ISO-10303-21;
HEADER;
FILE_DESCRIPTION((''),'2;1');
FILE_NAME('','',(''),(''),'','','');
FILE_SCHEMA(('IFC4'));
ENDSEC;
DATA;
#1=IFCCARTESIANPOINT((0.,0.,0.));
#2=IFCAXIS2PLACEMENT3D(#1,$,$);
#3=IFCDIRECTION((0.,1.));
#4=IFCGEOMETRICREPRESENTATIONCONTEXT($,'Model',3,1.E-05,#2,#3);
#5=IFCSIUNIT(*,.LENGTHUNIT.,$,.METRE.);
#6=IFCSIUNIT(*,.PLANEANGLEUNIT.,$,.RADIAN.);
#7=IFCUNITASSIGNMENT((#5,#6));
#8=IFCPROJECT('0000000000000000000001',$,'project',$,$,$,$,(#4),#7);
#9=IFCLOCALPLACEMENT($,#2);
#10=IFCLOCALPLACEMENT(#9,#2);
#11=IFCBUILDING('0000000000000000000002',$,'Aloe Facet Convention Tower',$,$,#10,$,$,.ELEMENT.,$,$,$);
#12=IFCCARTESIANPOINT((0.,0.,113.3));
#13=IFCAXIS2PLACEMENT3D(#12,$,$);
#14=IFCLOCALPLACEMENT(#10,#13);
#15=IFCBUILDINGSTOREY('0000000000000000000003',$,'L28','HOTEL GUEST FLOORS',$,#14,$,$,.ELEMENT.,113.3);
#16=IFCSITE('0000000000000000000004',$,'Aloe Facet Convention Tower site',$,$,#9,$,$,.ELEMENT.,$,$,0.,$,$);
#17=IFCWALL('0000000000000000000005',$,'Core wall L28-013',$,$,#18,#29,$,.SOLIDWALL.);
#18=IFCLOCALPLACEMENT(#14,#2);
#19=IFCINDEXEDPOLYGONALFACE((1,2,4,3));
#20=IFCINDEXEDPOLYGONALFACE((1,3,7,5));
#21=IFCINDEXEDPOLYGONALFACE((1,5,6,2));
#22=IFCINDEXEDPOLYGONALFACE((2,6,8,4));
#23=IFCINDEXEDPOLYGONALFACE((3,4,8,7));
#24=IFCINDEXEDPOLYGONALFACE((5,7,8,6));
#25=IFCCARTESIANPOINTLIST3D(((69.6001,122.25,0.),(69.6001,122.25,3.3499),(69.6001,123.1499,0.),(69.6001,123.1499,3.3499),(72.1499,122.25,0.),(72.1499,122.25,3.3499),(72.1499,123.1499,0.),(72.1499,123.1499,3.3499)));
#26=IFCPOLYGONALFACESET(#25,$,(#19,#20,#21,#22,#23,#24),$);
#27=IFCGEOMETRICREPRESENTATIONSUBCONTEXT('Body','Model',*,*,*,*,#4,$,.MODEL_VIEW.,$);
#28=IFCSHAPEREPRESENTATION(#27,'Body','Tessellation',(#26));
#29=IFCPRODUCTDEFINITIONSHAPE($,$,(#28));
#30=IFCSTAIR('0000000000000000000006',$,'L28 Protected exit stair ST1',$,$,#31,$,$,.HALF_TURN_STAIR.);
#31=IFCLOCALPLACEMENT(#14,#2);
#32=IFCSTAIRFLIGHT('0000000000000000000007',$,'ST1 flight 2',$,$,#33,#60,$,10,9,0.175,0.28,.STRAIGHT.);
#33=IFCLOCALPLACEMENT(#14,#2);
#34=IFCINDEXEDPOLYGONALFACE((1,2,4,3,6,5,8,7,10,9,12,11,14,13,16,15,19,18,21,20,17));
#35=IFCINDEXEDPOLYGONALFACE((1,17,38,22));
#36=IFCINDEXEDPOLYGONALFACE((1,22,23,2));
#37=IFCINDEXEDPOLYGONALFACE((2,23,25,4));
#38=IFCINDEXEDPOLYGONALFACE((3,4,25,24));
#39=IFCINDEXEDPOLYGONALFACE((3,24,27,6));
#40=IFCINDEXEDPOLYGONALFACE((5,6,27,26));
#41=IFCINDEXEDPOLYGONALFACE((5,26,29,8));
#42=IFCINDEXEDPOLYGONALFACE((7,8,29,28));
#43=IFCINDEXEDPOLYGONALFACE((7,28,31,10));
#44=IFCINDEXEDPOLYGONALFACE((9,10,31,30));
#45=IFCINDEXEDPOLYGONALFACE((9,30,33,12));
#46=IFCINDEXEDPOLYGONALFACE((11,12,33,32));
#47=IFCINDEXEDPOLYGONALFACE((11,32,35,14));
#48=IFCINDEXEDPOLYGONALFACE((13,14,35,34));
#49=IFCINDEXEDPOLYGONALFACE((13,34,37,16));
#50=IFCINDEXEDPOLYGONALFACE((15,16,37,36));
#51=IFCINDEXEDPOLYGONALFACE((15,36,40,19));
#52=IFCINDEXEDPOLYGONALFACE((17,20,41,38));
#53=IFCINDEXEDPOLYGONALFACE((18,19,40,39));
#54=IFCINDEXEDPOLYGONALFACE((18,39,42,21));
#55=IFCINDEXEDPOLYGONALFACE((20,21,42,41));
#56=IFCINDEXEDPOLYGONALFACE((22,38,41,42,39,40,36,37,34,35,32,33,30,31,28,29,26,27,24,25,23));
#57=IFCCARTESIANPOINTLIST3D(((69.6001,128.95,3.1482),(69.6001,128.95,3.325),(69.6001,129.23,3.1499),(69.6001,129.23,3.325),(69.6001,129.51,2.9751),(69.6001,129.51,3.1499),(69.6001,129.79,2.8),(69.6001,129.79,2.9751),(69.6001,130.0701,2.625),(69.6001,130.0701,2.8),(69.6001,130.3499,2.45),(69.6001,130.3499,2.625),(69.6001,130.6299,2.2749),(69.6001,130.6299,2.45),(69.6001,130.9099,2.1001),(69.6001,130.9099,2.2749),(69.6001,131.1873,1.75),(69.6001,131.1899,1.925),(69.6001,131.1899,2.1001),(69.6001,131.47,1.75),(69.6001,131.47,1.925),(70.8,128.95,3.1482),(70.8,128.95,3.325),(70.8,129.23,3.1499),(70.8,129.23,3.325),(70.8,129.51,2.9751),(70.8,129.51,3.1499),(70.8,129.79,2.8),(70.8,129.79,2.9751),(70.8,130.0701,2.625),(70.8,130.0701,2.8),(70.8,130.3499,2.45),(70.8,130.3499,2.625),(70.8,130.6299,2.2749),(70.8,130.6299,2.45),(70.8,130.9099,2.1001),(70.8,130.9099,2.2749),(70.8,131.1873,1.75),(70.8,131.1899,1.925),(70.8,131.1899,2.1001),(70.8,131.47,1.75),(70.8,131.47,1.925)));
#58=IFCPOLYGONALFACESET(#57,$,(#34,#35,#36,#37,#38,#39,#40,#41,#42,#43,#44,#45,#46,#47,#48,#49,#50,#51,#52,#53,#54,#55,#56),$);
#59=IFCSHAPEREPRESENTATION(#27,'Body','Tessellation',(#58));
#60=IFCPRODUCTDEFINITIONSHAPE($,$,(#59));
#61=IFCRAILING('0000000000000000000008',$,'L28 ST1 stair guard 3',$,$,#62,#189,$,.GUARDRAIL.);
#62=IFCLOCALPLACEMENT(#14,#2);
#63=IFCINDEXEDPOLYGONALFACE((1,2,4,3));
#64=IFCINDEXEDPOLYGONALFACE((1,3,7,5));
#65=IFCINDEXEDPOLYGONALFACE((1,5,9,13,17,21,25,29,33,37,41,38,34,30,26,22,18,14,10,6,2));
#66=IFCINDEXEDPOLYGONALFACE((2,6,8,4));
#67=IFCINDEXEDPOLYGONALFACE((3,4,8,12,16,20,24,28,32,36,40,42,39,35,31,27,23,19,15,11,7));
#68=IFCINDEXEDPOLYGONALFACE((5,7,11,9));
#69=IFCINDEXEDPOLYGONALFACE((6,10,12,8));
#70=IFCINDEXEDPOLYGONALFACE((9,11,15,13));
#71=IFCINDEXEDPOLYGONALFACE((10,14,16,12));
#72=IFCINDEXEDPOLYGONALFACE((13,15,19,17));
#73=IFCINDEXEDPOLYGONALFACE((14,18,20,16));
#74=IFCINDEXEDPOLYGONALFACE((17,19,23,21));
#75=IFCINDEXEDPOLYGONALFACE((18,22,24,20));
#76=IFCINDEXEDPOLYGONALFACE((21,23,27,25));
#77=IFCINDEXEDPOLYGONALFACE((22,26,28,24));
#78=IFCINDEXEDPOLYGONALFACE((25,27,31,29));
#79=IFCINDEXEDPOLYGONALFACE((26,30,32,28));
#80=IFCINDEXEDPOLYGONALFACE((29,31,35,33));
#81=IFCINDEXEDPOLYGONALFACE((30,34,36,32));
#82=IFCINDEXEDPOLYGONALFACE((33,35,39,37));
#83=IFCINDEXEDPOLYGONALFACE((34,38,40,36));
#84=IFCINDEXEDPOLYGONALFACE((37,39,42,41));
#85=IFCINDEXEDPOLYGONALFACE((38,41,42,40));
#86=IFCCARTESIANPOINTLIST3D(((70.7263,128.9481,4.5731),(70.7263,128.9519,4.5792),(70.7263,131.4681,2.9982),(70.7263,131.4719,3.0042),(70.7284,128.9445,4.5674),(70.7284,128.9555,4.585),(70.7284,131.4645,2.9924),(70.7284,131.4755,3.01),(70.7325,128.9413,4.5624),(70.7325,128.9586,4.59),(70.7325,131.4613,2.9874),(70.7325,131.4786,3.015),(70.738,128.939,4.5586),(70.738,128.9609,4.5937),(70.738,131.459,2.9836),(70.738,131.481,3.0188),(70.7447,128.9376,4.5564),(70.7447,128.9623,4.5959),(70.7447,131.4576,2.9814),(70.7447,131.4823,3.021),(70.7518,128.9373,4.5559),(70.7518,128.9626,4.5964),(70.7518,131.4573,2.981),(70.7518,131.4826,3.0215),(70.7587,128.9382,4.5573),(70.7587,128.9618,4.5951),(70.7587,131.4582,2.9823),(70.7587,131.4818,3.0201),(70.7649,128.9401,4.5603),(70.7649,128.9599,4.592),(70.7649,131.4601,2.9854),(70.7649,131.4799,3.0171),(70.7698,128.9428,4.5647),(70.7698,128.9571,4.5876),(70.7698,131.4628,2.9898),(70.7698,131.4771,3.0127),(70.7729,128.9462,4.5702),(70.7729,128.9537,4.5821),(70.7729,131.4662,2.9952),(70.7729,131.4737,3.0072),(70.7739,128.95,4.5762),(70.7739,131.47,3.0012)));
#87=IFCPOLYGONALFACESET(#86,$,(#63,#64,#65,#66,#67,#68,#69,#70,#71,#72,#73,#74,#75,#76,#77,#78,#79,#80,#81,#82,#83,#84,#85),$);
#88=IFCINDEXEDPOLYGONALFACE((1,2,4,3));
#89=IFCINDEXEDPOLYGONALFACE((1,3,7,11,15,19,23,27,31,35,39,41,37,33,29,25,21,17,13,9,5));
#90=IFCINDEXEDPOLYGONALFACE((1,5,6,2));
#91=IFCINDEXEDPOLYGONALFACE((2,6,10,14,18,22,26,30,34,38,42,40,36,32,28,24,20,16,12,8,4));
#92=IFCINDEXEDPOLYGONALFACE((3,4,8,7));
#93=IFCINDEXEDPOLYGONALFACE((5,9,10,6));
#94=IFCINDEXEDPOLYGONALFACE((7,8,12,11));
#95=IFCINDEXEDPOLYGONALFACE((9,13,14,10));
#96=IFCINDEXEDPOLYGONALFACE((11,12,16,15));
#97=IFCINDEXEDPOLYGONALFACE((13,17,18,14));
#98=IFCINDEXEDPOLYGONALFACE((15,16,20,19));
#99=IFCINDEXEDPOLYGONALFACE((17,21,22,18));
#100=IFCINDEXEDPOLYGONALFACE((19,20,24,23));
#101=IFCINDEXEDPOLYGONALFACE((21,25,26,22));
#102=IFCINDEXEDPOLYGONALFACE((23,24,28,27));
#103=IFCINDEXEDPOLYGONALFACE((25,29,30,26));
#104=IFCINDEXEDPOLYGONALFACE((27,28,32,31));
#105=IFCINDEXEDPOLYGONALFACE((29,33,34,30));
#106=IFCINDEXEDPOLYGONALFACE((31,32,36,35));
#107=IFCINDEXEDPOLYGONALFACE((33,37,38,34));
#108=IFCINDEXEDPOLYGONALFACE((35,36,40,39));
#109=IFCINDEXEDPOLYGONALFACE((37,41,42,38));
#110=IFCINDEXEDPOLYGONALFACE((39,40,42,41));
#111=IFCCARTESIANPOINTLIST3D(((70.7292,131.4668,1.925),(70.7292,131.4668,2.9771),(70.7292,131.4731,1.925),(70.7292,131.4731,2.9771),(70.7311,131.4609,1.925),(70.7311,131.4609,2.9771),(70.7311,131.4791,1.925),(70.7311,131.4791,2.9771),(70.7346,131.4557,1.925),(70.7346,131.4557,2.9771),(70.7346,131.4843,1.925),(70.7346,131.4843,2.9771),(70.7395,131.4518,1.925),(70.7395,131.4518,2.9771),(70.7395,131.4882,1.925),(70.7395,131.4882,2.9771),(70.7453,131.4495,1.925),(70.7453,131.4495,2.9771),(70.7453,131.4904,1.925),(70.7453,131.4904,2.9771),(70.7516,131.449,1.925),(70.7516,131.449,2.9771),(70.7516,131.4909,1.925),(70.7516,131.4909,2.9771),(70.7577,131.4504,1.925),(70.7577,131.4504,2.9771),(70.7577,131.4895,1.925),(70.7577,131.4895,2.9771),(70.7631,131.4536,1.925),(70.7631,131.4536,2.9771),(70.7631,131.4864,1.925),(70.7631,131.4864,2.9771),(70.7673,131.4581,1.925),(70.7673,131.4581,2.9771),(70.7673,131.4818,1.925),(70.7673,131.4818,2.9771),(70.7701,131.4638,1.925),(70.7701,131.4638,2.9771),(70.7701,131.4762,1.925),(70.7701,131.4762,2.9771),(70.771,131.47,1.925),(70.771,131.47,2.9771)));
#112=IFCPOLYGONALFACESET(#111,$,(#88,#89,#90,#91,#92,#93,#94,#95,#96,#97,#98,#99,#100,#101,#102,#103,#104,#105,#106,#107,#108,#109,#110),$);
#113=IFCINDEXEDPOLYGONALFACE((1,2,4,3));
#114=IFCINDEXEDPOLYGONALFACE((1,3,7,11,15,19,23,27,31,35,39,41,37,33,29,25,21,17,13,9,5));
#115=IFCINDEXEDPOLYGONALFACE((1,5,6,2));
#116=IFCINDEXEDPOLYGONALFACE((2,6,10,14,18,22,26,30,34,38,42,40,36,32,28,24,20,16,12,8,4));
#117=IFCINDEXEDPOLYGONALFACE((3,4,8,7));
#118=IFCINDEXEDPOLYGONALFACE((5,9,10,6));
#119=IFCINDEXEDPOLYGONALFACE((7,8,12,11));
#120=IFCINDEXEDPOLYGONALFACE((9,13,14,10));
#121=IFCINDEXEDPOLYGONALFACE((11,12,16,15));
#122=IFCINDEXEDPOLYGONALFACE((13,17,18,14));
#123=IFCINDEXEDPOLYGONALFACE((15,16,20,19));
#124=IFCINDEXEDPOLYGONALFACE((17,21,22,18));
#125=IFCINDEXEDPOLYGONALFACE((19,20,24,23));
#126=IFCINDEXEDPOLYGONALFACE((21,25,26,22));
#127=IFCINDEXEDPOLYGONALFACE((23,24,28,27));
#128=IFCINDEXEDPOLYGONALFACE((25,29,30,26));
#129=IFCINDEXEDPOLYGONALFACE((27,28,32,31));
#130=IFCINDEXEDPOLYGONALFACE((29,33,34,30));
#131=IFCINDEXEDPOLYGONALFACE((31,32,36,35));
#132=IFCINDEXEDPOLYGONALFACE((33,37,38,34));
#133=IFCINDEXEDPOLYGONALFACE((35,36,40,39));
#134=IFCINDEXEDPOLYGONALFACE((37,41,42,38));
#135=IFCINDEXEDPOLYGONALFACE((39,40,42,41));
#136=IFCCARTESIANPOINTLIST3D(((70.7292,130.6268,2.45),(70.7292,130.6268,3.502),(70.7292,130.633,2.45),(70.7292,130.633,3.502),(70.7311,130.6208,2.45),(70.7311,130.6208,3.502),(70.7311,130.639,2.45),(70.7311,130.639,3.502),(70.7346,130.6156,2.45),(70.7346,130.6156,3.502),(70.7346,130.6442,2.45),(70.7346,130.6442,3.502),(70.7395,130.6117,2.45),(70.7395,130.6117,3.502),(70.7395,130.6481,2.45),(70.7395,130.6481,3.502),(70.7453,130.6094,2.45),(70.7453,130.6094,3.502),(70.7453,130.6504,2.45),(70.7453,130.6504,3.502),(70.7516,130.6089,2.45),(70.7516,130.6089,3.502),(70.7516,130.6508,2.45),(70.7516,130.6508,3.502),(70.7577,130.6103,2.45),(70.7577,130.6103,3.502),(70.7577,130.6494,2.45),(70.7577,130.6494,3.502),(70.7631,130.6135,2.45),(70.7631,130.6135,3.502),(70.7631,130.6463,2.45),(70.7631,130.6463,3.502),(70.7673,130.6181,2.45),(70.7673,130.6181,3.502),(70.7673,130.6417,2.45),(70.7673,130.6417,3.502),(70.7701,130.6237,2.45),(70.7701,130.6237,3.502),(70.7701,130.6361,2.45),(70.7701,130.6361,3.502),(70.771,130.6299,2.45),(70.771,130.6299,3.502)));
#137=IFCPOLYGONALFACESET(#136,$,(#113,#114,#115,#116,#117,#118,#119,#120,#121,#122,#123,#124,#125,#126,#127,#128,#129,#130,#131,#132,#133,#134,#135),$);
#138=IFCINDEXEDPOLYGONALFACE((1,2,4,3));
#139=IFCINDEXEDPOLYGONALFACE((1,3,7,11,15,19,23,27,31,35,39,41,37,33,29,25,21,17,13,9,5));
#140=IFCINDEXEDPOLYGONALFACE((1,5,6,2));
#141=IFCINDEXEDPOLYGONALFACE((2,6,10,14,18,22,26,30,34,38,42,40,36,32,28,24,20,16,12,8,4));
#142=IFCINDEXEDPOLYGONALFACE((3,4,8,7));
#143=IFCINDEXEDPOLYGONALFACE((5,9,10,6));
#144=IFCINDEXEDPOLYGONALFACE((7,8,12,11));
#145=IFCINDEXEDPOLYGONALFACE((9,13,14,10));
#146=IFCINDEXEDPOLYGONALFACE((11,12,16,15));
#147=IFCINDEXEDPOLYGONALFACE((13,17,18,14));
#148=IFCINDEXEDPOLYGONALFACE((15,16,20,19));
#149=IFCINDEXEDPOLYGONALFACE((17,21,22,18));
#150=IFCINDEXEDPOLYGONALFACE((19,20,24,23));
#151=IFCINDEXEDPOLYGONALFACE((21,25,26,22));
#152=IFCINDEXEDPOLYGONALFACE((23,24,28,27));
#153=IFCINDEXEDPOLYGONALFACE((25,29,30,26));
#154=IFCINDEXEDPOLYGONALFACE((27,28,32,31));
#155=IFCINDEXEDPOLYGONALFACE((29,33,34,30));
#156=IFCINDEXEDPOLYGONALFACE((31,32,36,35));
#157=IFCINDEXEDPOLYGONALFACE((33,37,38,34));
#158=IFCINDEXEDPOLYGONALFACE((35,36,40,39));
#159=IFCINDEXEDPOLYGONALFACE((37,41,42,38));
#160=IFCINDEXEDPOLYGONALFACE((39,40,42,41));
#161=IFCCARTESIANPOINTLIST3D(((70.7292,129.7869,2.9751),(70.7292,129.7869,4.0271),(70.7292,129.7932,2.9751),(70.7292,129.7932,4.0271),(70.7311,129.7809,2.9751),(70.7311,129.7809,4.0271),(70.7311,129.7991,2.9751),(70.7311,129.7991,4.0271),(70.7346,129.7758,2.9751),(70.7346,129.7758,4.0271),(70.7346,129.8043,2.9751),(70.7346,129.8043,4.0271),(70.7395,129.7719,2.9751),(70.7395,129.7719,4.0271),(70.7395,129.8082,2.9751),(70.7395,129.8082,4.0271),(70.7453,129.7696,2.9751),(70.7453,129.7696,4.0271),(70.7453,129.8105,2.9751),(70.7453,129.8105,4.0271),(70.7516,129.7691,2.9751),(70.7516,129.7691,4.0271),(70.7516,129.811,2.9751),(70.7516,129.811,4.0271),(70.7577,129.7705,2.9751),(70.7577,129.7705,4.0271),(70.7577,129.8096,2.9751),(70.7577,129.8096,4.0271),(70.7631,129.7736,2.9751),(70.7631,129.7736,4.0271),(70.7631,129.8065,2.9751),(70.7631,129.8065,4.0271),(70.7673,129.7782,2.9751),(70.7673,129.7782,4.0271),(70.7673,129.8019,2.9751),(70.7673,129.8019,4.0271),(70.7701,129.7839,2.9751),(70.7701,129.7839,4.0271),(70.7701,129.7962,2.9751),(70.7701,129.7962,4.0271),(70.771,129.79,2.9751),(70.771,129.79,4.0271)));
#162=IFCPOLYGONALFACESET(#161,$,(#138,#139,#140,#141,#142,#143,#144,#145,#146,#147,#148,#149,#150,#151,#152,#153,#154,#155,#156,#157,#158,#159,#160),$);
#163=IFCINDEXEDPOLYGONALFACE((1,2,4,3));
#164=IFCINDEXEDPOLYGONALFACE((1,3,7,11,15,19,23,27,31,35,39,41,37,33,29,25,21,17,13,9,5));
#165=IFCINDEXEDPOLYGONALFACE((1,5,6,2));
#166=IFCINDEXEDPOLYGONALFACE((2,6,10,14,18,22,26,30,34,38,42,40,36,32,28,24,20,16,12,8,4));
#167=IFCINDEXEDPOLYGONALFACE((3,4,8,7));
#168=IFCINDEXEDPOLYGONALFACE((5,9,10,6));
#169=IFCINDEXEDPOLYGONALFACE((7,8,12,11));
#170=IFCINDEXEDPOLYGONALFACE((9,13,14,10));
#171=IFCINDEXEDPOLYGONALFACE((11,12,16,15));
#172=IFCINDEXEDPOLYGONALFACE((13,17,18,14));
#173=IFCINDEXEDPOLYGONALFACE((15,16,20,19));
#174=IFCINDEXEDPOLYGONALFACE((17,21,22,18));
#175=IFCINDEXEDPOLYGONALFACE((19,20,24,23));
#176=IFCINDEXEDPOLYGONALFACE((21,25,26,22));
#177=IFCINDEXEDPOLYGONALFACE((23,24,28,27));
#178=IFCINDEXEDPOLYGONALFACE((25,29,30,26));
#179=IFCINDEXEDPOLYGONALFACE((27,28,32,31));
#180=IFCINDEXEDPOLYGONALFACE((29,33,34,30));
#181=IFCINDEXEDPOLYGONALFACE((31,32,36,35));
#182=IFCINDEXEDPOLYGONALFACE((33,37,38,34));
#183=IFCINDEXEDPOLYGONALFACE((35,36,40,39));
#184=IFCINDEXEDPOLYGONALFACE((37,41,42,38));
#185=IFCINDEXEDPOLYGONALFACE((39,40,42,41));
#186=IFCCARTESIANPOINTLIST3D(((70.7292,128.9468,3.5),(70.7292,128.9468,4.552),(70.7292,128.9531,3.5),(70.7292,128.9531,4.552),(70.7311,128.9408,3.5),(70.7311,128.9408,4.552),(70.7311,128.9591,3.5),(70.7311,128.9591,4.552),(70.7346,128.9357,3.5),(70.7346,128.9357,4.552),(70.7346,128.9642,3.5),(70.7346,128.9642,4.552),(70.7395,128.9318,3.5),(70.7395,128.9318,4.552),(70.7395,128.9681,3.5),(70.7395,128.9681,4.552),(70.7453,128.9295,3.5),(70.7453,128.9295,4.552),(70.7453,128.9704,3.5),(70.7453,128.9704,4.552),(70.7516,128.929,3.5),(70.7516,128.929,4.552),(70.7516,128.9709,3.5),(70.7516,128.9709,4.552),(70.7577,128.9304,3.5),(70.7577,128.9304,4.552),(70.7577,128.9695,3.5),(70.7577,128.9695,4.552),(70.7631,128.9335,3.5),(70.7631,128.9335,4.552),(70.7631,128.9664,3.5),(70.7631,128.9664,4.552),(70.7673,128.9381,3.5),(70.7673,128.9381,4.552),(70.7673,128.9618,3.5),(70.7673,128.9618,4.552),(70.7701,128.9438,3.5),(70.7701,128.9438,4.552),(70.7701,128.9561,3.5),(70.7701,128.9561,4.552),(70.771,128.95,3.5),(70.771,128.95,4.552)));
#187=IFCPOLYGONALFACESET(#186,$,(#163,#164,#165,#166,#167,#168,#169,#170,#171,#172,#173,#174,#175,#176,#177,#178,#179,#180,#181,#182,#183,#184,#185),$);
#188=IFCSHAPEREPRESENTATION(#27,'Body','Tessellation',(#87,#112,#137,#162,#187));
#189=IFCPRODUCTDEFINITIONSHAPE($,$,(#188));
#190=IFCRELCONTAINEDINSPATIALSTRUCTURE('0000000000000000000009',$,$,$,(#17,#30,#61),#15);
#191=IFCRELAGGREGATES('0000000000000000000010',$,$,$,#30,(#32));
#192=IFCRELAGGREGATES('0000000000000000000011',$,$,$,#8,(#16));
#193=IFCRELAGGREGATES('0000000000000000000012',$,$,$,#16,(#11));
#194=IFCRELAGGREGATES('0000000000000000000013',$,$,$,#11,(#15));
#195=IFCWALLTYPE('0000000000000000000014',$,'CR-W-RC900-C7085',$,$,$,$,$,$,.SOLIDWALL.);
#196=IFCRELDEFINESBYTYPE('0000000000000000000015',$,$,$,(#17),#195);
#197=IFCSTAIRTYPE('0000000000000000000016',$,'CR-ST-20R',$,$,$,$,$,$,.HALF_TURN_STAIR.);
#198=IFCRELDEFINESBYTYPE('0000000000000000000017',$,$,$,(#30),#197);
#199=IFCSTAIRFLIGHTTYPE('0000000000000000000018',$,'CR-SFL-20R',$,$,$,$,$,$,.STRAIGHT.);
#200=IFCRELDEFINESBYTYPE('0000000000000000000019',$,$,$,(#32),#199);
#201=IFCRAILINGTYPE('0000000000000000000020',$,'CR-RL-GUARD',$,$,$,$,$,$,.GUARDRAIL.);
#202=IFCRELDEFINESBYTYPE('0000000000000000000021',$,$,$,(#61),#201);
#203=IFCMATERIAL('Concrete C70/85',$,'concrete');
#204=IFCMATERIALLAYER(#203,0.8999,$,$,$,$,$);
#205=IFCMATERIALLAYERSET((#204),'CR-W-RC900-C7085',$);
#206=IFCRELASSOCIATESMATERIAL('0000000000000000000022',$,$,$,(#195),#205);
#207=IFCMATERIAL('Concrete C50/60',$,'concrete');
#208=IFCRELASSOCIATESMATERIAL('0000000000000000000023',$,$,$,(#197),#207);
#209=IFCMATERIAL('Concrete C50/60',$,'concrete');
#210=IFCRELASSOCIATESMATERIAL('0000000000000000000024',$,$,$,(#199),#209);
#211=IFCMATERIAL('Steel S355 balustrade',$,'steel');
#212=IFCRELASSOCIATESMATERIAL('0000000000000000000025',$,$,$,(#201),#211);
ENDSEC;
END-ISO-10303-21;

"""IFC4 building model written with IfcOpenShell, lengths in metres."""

from ifc_helpers import new_model, si_unit, direction, frame, frame_2d, origin, origin_2d, place, context, subcontext, project, spatial, polyline, rectangle, circle, outline, extrude, material, layer, layer_set, type_object, element, aggregate, save


model = new_model("IFC4")

# Units and contexts
model_context = context("Model", 3, precision=1e-05, world=origin(), true_north=direction((0.0, 1.0)))
body_context = subcontext(model_context, "Body", "Model", "MODEL_VIEW")
ifc_project = project(units=[si_unit("LENGTHUNIT", "METRE"), si_unit("PLANEANGLEUNIT", "RADIAN")], contexts=[model_context])

# Site, building, storey
site_placement = place(None, origin())
site = spatial("IfcSite", under=ifc_project, at=site_placement, Name="Aloe Facet Convention Tower site", CompositionType="ELEMENT", RefElevation=0.0)
building_placement = place(site_placement, origin())
building = spatial("IfcBuilding", under=site, at=building_placement, Name="Aloe Facet Convention Tower", CompositionType="ELEMENT")
storey_placement = place(building_placement, frame((0.0, 0.0, 113.3)))
storey = spatial("IfcBuildingStorey", under=building, at=storey_placement, Name="L28", Description="HOTEL GUEST FLOORS", CompositionType="ELEMENT", Elevation=113.3)

# Wall
ifc_material_1 = material(Name="Concrete C70/85", Category="concrete")
ifc_layer_1 = layer(ifc_material_1, 0.8999)
ifc_layer_set_1 = layer_set([ifc_layer_1], Name="CR-W-RC900-C7085")
wall_type_1 = type_object("IfcWallType", Name="CR-W-RC900-C7085", PredefinedType="SOLIDWALL", material=ifc_layer_set_1)
wall_1_placement = place(storey_placement, frame((69.6001, 122.7, 0.0), z_axis=(0.0, 0.0, 1.0), x_axis=(1.0, 0.0, 0.0)))
element("IfcWall", 1, at=wall_1_placement, inside=storey, type_object=wall_type_1, Name="Core wall L28-013", PredefinedType="SOLIDWALL", context=body_context, shape_type="SweptSolid", body=[
    extrude(rectangle(XDim=2.5498, YDim=0.8999, at=frame_2d((1.2749, 0.0))), origin(), (0.0, 0.0, 1.0), 3.3499),
])

# Stair, stair flight
ifc_material_2 = material(Name="Concrete C50/60", Category="concrete")
stair_type = type_object("IfcStairType", Name="CR-ST-20R", PredefinedType="HALF_TURN_STAIR", material=ifc_material_2)
stair_placement = place(storey_placement, origin())
stair = element("IfcStair", 2, at=stair_placement, inside=storey, type_object=stair_type, Name="L28 Protected exit stair ST1", PredefinedType="HALF_TURN_STAIR")
ifc_material_3 = material(Name="Concrete C50/60", Category="concrete")
stair_flight_type = type_object("IfcStairFlightType", Name="CR-SFL-20R", PredefinedType="STRAIGHT", material=ifc_material_3)
stair_flight_placement = place(storey_placement, frame((70.2, 131.47, 1.75), z_axis=(0.0, 0.0, 1.0), x_axis=(0.0, -1.0, 0.0)))
stair_flight = element("IfcStairFlight", 3, at=stair_flight_placement, type_object=stair_flight_type, Name="ST1 flight 2", NumberOfRisers=10, NumberOfTreads=9, PredefinedType="STRAIGHT", RiserHeight=0.175, TreadLength=0.28, context=body_context, shape_type="SweptSolid", body=[
    extrude(outline(polyline([(0.0, 0.0), (0.0, 0.175), (0.28, 0.175), (0.28, 0.3501), (0.5601, 0.3501), (0.5601, 0.5249), (0.8401, 0.5249), (0.8401, 0.7), (1.1201, 0.7), (1.1201, 0.875), (1.3999, 0.875), (1.3999, 1.05), (1.6799, 1.05), (1.6799, 1.2251), (1.96, 1.2251), (1.96, 1.3999), (2.24, 1.3999), (2.24, 1.575), (2.52, 1.575), (2.52, 1.75), (2.52, 1.3982), (0.2827, 0.0), (0.0, 0.0)])), frame((0.0, 0.6001, 0.0), z_axis=(0.0, -1.0, 0.0), x_axis=(1.0, 0.0, 0.0)), (0.0, 0.0, 1.0), 1.2),
])
aggregate(stair, [stair_flight])

# Railing
ifc_material_4 = material(Name="Steel S355 balustrade", Category="steel")
railing_type_1 = type_object("IfcRailingType", Name="CR-RL-GUARD", PredefinedType="GUARDRAIL", material=ifc_material_4)
railing_1_placement = place(storey_placement, frame((70.75, 131.47, 1.925)))
element("IfcRailing", 4, at=railing_1_placement, inside=storey, type_object=railing_type_1, Name="L28 ST1 stair guard 3", PredefinedType="GUARDRAIL", context=body_context, shape_type="SweptSolid", body=[
    extrude(circle(Radius=0.0239, at=origin_2d()), frame((0.0, 0.0, 1.0762), z_axis=(0.0, -0.848008, 0.529984), x_axis=(1.0, 0.0, 0.0)), (0.0, 0.0, 1.0), 2.9717),
    extrude(circle(Radius=0.021, at=origin_2d()), origin(), (0.0, 0.0, 1.0), 1.052),
    extrude(circle(Radius=0.021, at=origin_2d()), frame((0.0, -0.8401, 0.5249)), (0.0, 0.0, 1.0), 1.052),
    extrude(circle(Radius=0.021, at=origin_2d()), frame((0.0, -1.6799, 1.05)), (0.0, 0.0, 1.0), 1.052),
    extrude(circle(Radius=0.021, at=origin_2d()), frame((0.0, -2.52, 1.575)), (0.0, 0.0, 1.0), 1.052),
])

save(model, "model.ifc")
